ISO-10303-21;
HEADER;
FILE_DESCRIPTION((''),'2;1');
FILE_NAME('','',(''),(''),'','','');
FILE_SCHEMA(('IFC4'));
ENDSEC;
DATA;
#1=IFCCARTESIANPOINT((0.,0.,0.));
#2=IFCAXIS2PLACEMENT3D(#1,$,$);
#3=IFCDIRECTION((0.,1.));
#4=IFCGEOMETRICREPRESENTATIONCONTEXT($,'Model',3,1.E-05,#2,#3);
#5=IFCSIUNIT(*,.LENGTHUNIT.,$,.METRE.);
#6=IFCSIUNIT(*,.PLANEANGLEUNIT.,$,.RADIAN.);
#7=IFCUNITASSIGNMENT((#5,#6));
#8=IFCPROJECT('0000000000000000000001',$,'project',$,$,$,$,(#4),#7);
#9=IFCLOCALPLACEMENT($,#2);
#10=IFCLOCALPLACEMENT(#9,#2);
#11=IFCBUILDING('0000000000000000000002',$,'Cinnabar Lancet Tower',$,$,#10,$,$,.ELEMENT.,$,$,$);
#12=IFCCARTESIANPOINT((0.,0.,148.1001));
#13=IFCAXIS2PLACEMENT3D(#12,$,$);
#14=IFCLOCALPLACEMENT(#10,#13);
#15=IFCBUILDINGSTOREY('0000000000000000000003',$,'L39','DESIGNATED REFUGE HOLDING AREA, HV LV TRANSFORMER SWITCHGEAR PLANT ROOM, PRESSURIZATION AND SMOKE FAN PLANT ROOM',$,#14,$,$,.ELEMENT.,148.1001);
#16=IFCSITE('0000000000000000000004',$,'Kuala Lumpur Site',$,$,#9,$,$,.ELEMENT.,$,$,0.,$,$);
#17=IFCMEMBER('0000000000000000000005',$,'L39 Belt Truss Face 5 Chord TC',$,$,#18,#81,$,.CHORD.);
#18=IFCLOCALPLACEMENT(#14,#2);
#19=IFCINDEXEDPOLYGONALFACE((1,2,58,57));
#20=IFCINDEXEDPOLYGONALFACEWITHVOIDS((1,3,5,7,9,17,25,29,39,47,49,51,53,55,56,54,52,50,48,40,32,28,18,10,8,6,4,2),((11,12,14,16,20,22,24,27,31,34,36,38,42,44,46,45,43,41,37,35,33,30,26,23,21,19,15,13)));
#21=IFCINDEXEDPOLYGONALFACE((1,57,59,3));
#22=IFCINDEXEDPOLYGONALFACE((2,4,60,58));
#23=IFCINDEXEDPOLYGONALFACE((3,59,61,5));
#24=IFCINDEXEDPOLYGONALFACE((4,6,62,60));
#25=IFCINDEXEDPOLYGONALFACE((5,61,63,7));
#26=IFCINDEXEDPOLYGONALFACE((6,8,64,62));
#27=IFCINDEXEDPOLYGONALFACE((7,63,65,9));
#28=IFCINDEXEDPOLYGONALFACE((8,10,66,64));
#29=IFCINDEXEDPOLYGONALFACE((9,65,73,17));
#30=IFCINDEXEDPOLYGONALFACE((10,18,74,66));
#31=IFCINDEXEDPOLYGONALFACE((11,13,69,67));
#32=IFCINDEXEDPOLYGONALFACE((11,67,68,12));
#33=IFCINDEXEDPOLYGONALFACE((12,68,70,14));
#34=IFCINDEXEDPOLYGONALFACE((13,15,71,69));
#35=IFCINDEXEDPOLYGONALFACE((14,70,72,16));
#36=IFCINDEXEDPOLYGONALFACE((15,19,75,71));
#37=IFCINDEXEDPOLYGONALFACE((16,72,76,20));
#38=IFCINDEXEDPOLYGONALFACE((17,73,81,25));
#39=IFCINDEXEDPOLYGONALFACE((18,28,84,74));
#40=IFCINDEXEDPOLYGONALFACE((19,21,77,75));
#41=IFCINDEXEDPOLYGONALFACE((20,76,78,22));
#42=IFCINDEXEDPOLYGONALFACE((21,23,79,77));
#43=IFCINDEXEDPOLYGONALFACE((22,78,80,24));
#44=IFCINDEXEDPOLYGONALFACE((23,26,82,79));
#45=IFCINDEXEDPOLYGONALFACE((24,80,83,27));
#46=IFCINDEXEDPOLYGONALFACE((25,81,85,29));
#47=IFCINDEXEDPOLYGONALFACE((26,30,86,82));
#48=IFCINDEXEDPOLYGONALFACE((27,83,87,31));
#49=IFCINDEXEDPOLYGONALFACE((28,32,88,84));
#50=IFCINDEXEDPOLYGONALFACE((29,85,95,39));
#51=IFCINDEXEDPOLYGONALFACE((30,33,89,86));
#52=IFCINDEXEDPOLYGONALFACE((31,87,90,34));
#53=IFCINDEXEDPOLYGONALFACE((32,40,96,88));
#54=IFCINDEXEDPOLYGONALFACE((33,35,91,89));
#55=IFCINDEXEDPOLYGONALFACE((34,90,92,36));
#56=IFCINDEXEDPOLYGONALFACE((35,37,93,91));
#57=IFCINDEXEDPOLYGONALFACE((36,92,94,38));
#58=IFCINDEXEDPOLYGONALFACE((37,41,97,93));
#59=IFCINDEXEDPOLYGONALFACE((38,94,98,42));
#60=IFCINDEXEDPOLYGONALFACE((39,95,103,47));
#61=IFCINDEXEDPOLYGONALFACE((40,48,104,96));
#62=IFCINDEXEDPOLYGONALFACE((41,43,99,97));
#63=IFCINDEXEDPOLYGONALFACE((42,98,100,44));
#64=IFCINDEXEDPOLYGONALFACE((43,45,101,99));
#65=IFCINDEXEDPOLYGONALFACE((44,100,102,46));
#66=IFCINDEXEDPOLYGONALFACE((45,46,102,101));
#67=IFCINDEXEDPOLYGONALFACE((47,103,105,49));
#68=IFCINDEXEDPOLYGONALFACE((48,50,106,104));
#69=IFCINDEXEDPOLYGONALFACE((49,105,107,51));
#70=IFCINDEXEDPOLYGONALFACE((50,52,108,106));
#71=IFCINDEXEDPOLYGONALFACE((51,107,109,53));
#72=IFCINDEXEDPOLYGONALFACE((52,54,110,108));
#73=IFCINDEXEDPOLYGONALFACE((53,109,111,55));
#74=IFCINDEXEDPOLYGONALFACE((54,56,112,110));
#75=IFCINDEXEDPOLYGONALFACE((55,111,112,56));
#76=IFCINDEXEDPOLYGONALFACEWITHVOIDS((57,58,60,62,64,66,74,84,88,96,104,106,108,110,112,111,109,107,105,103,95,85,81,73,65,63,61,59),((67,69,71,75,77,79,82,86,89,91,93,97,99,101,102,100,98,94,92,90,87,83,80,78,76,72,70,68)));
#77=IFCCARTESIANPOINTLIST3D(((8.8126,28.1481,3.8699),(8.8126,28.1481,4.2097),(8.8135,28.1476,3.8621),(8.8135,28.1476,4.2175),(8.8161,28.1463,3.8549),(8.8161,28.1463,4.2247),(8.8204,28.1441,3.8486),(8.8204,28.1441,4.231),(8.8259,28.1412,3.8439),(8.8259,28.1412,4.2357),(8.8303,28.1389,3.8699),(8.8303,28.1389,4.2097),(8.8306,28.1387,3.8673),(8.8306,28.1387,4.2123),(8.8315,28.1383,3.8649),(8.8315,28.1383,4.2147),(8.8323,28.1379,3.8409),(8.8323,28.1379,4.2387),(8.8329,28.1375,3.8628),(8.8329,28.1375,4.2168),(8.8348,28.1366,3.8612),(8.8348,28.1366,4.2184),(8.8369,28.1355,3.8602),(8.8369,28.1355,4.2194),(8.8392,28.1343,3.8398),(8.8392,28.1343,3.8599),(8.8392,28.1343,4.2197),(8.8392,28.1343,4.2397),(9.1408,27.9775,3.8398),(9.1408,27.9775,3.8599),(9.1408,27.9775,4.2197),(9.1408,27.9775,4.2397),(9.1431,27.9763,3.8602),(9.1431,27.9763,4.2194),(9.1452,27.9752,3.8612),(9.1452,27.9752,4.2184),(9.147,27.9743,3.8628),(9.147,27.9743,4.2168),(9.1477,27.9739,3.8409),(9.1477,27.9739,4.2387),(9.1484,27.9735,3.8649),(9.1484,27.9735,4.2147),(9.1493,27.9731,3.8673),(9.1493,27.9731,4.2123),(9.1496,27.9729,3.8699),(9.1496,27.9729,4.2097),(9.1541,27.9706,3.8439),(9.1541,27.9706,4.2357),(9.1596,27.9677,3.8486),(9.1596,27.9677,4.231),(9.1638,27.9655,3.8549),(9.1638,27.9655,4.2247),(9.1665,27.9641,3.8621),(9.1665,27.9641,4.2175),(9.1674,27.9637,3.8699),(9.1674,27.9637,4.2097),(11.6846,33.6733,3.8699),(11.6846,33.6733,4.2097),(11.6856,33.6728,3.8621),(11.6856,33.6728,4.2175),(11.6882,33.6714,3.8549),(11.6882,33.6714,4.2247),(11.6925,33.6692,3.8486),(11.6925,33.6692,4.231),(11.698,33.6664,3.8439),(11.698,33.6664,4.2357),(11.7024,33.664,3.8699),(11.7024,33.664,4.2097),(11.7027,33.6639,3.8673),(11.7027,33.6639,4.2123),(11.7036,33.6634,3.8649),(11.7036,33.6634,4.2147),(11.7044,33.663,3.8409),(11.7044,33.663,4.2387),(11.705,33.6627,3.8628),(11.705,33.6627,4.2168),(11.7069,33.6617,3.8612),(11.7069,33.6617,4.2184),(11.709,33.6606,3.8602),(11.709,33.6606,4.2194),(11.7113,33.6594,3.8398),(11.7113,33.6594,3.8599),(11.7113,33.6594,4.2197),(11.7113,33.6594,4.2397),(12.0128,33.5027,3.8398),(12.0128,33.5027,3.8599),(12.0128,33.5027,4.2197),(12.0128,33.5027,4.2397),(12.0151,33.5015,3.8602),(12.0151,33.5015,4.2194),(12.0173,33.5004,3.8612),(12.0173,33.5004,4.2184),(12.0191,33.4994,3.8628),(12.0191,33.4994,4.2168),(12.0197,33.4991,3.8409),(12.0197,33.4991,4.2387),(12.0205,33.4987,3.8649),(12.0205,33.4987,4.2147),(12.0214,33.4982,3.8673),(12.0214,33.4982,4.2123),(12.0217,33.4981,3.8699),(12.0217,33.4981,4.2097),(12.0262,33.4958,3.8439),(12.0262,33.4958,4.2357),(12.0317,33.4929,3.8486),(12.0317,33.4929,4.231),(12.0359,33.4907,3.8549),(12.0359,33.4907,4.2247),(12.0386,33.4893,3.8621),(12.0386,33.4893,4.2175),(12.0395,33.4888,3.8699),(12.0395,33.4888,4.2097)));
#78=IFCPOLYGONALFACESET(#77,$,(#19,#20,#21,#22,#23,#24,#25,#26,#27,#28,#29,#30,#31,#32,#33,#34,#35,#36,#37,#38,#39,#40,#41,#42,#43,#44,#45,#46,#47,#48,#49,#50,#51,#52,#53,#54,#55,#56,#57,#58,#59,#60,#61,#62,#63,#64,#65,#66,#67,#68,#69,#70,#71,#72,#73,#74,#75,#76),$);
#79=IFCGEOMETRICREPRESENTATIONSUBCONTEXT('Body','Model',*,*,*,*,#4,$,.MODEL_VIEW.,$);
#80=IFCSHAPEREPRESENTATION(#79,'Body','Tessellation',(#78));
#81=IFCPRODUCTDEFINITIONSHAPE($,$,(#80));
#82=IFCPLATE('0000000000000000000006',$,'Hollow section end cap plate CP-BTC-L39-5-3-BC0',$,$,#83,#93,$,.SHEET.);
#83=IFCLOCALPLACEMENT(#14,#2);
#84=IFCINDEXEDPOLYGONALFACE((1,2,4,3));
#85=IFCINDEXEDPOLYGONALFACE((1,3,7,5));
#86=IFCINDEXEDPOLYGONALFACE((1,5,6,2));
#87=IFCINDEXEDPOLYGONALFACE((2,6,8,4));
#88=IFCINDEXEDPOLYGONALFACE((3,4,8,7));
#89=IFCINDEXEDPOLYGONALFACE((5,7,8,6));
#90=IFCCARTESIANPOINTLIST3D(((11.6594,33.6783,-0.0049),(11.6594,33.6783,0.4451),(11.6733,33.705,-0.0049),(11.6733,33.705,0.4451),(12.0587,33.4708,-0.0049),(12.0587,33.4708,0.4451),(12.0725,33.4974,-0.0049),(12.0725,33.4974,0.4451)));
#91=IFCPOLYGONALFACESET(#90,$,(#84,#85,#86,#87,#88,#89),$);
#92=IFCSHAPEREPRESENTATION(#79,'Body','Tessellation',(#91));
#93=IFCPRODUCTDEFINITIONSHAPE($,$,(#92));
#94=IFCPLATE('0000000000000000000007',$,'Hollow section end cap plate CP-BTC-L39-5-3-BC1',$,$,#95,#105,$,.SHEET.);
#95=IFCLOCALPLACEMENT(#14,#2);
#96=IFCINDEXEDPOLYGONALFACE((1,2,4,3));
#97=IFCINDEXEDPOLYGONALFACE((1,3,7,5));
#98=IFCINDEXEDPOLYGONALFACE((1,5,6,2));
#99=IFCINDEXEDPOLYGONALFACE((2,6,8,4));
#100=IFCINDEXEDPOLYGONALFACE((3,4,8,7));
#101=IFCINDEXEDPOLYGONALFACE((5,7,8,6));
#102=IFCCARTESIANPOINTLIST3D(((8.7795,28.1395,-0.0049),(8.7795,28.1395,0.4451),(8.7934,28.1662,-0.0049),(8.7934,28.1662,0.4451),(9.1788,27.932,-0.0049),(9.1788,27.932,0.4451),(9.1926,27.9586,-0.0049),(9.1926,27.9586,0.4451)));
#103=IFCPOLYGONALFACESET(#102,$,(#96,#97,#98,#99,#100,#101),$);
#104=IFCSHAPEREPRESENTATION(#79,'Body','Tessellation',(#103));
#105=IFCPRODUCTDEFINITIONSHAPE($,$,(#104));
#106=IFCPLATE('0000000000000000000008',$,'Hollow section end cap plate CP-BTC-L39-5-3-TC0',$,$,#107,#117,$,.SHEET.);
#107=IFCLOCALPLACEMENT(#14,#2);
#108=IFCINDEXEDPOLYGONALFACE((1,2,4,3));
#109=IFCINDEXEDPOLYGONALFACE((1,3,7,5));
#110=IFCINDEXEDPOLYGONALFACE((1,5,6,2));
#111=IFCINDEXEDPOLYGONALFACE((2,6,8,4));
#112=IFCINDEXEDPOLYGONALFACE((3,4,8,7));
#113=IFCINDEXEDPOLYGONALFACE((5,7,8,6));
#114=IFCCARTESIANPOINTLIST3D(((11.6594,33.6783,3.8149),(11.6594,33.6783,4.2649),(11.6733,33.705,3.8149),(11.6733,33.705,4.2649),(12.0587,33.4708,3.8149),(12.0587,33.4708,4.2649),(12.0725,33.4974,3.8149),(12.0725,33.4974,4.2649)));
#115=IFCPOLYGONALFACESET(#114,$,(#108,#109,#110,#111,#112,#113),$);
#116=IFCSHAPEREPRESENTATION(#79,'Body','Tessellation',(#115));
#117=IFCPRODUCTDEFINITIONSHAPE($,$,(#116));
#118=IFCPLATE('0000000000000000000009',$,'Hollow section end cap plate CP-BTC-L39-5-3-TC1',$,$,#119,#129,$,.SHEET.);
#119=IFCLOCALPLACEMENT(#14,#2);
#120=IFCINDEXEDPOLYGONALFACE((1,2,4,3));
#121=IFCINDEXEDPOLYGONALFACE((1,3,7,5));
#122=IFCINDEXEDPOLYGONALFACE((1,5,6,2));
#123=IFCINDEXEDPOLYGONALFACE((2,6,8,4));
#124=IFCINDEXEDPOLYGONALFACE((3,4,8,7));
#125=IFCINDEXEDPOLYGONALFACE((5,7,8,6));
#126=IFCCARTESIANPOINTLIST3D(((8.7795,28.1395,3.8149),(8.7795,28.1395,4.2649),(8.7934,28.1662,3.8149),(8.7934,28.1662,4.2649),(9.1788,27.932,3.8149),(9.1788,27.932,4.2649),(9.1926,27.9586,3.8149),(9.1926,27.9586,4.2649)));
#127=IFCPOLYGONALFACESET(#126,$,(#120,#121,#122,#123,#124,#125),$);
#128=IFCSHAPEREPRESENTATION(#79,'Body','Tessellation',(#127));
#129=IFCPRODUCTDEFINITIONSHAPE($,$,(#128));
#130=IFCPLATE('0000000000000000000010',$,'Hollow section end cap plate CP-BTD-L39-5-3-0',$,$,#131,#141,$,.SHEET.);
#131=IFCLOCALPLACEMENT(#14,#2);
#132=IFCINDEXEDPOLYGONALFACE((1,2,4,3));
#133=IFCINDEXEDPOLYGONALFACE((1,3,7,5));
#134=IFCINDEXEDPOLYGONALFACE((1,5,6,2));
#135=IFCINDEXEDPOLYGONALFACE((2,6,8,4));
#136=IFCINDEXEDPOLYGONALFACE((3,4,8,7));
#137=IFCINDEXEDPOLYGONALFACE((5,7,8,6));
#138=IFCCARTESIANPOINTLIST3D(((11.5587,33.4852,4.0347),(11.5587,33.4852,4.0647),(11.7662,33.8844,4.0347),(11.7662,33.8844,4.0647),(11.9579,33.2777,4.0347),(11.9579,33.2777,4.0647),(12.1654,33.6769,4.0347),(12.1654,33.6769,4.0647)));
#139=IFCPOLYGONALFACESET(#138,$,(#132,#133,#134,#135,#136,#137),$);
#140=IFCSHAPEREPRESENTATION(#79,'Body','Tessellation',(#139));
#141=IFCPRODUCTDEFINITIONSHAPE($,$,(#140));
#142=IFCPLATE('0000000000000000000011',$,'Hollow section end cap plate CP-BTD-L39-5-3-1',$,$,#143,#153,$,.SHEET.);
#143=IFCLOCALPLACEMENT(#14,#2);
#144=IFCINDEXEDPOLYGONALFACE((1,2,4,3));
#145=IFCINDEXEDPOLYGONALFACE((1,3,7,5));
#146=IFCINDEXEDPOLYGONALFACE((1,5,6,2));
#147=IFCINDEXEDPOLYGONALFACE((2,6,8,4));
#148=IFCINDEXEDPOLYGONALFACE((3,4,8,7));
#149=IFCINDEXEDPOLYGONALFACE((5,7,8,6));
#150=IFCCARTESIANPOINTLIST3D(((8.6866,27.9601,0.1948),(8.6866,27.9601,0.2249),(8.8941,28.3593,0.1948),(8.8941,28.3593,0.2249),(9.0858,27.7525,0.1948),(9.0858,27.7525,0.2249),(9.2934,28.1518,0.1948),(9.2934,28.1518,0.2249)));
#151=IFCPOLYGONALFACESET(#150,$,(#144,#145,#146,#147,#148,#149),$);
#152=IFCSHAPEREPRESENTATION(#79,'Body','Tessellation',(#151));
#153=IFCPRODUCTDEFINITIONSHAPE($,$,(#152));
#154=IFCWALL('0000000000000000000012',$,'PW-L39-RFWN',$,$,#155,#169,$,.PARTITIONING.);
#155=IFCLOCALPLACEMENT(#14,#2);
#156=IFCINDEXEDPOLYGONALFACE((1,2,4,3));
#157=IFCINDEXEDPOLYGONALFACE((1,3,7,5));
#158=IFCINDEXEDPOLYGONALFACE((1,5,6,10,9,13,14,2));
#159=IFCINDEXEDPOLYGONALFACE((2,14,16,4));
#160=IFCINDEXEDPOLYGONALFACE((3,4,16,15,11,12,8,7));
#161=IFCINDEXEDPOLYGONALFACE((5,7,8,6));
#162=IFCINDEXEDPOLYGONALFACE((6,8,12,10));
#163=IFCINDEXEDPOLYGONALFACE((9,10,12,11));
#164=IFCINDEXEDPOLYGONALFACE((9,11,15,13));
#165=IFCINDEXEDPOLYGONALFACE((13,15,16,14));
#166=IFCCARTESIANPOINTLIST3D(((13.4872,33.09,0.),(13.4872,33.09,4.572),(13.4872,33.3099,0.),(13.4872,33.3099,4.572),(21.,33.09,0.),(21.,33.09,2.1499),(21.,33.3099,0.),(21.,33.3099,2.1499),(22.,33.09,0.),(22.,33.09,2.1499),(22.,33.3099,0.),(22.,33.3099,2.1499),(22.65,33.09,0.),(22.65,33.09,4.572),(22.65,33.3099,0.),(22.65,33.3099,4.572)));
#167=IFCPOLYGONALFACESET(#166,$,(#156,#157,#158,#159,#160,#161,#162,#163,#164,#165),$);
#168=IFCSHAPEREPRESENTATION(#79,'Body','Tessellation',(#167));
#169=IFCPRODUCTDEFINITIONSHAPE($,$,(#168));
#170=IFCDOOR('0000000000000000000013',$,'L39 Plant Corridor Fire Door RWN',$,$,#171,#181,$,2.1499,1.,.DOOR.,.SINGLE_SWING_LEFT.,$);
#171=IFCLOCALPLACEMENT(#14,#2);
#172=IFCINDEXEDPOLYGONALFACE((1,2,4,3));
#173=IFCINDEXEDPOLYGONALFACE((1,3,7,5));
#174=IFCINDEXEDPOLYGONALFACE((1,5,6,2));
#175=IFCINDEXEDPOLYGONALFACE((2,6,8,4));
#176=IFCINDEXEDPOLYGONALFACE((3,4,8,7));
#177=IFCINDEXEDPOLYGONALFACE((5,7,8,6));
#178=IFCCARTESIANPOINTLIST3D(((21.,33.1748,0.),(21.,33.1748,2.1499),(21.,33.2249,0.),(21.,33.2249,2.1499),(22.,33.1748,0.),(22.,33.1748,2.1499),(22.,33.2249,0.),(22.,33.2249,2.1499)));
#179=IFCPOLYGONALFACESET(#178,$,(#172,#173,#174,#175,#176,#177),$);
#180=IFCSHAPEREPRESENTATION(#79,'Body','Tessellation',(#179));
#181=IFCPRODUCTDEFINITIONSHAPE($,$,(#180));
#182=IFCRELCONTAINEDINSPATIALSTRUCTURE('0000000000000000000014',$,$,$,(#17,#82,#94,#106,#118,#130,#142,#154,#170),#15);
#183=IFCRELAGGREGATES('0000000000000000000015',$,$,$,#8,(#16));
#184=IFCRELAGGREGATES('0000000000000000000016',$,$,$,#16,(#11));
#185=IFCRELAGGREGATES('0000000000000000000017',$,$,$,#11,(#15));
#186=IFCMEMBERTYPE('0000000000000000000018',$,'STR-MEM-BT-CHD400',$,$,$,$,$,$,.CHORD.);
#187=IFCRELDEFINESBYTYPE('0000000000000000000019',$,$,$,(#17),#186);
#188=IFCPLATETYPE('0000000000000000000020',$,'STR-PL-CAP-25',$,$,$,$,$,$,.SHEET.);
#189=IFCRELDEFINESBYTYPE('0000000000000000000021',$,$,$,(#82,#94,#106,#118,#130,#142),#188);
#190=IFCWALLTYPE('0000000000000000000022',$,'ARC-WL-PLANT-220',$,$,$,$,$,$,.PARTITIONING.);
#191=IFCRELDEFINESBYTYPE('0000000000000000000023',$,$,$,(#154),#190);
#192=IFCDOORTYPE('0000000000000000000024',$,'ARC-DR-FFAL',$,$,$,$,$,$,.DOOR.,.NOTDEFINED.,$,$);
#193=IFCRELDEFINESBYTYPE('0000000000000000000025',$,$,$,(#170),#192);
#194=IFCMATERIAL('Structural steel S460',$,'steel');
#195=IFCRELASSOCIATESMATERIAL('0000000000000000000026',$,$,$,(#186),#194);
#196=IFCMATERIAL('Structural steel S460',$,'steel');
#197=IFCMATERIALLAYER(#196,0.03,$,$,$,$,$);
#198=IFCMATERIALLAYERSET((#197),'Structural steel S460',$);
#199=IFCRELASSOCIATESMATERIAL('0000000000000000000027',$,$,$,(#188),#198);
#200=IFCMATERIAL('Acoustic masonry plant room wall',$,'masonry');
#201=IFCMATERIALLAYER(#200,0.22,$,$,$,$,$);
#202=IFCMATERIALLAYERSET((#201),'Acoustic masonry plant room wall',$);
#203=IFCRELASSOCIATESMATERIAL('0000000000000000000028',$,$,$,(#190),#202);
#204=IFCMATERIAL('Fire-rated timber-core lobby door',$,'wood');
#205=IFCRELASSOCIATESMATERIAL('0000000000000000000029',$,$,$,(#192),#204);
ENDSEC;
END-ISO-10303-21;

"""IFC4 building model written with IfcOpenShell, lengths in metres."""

from ifc_helpers import new_model, si_unit, direction, frame, frame_2d, origin, origin_2d, place, context, subcontext, project, spatial, rectangle, hollow_rectangle, extrude, material, layer, layer_set, material_profile, profile_set, type_object, element, fill, save


model = new_model("IFC4")

# Units and contexts
model_context = context("Model", 3, precision=1e-05, world=origin(), true_north=direction((0.0, 1.0)))
body_context = subcontext(model_context, "Body", "Model", "MODEL_VIEW")
ifc_project = project(units=[si_unit("LENGTHUNIT", "METRE"), si_unit("PLANEANGLEUNIT", "RADIAN")], contexts=[model_context])

# Site, building, storey
site_placement = place(None, origin())
site = spatial("IfcSite", under=ifc_project, at=site_placement, Name="Kuala Lumpur Site", CompositionType="ELEMENT", RefElevation=0.0)
building_placement = place(site_placement, origin())
building = spatial("IfcBuilding", under=site, at=building_placement, Name="Cinnabar Lancet Tower", CompositionType="ELEMENT")
storey_placement = place(building_placement, frame((0.0, 0.0, 148.1001)))
storey = spatial("IfcBuildingStorey", under=building, at=storey_placement, Name="L39", Description="DESIGNATED REFUGE HOLDING AREA, HV LV TRANSFORMER SWITCHGEAR PLANT ROOM, PRESSURIZATION AND SMOKE FAN PLANT ROOM", CompositionType="ELEMENT", Elevation=148.1001)

# Member
ifc_material_1 = material(Name="Structural steel S460", Category="steel")
ifc_material_profile_1 = material_profile(ifc_material_1, hollow_rectangle(XDim=0.3999, YDim=0.3999, WallThickness=0.02, InnerFilletRadius=0.01, OuterFilletRadius=0.03, at=origin_2d()), Name="SHS 400x400x20")
ifc_profile_set_1 = profile_set([ifc_material_profile_1], Name="Structural steel S460")
member_type_1 = type_object("IfcMemberType", Name="STR-MEM-BT-CHD400", PredefinedType="CHORD", material=ifc_profile_set_1)
for number, where, z_axis, x_axis, name in (
    (1, (11.8621, 33.5811, 4.0398), (-0.461226, -0.887283, 0.0), (0.887283, -0.461226, 0.0), "L39 Belt Truss Face 5 Chord TC"),
):
    element("IfcMember", number, at=place(storey_placement, frame(where, z_axis=z_axis, x_axis=x_axis)), inside=storey, type_object=member_type_1, Name=name, PredefinedType="CHORD", context=body_context, shape_type="SweptSolid", body=[
        extrude(hollow_rectangle(XDim=0.3999, YDim=0.3999, WallThickness=0.02, InnerFilletRadius=0.01, OuterFilletRadius=0.03, at=origin_2d()), origin(), (0.0, 0.0, 1.0), 6.2271),
    ])

# Plates
ifc_material_2 = material(Name="Structural steel S460", Category="steel")
ifc_layer_1 = layer(ifc_material_2, 0.03)
ifc_layer_set_1 = layer_set([ifc_layer_1], Name="Structural steel S460")
plate_type = type_object("IfcPlateType", Name="STR-PL-CAP-25", PredefinedType="SHEET", material=ifc_layer_set_1)
for number, where, z_axis, x_axis, name in (
    (2, (11.866, 33.5879, -0.0049), (0.0, 0.0, 1.0), (0.461222, 0.887285, 0.0), "Hollow section end cap plate CP-BTC-L39-5-3-BC0"),
    (3, (8.9861, 28.0491, -0.0049), (0.0, 0.0, 1.0), (-0.461222, -0.887285, 0.0), "Hollow section end cap plate CP-BTC-L39-5-3-BC1"),
    (4, (11.866, 33.5879, 3.8149), (0.0, 0.0, 1.0), (0.461222, 0.887285, 0.0), "Hollow section end cap plate CP-BTC-L39-5-3-TC0"),
    (5, (8.9861, 28.0491, 3.8149), (0.0, 0.0, 1.0), (-0.461222, -0.887285, 0.0), "Hollow section end cap plate CP-BTC-L39-5-3-TC1"),
):
    element("IfcPlate", number, at=place(storey_placement, frame(where, z_axis=z_axis, x_axis=x_axis)), inside=storey, type_object=plate_type, Name=name, PredefinedType="SHEET", context=body_context, shape_type="SweptSolid", body=[
        extrude(rectangle(XDim=0.03, YDim=0.45, at=origin_2d()), origin(), (0.0, 0.0, 1.0), 0.45),
    ])
for number, where, z_axis, x_axis, name in (
    (6, (11.8621, 33.5811, 4.0347), (0.0, 0.0, 1.0), (0.461222, 0.887285, 0.0), "Hollow section end cap plate CP-BTD-L39-5-3-0"),
    (7, (8.99, 28.0559, 0.1948), (0.0, 0.0, 1.0), (-0.461222, -0.887285, 0.0), "Hollow section end cap plate CP-BTD-L39-5-3-1"),
):
    element("IfcPlate", number, at=place(storey_placement, frame(where, z_axis=z_axis, x_axis=x_axis)), inside=storey, type_object=plate_type, Name=name, PredefinedType="SHEET", context=body_context, shape_type="SweptSolid", body=[
        extrude(rectangle(XDim=0.45, YDim=0.45, at=origin_2d()), origin(), (0.0, 0.0, 1.0), 0.03),
    ])

# Wall, opening, door
ifc_material_3 = material(Name="Acoustic masonry plant room wall", Category="masonry")
ifc_layer_2 = layer(ifc_material_3, 0.22)
ifc_layer_set_2 = layer_set([ifc_layer_2], Name="Acoustic masonry plant room wall")
wall_type_1 = type_object("IfcWallType", Name="ARC-WL-PLANT-220", PredefinedType="PARTITIONING", material=ifc_layer_set_2)
wall_1_placement = place(storey_placement, frame((13.4871, 33.2, 0.0), z_axis=(0.0, 0.0, 1.0), x_axis=(1.0, 0.0, 0.0)))
wall_1 = element("IfcWall", 8, at=wall_1_placement, inside=storey, type_object=wall_type_1, Name="PW-L39-RFWN", PredefinedType="PARTITIONING", context=body_context, shape_type="SweptSolid", body=[
    extrude(rectangle(XDim=9.1628, YDim=0.22, at=frame_2d((4.5815, 0.0))), origin(), (0.0, 0.0, 1.0), 4.572),
])
opening_1_placement = place(wall_1_placement, frame((7.5129, 0.0, 0.0)))
opening_1 = element("IfcOpeningElement", 9, at=opening_1_placement, cuts=wall_1, PredefinedType="OPENING", context=body_context, shape_type="SweptSolid", body=[
    extrude(rectangle(XDim=1.0, YDim=2.1499, at=frame_2d((0.5, 1.075))), frame((0.0, 0.1199, 0.0), z_axis=(0.0, -1.0, 0.0), x_axis=(1.0, 0.0, 0.0)), (0.0, 0.0, 1.0), 0.24),
])
ifc_material_4 = material(Name="Fire-rated timber-core lobby door", Category="wood")
door_type_1 = type_object("IfcDoorType", Name="ARC-DR-FFAL", OperationType="NOTDEFINED", PredefinedType="DOOR", material=ifc_material_4)
door_1_placement = place(opening_1_placement, origin())
door_1 = element("IfcDoor", 10, at=door_1_placement, inside=storey, type_object=door_type_1, Name="L39 Plant Corridor Fire Door RWN", OperationType="SINGLE_SWING_LEFT", OverallHeight=2.1499, OverallWidth=1.0, PredefinedType="DOOR", context=body_context, shape_type="SweptSolid", body=[
    extrude(rectangle(XDim=1.0, YDim=2.1499, at=frame_2d((0.5, 1.075))), frame((0.0, 0.0249, 0.0), z_axis=(0.0, -1.0, 0.0), x_axis=(1.0, 0.0, 0.0)), (0.0, 0.0, 1.0), 0.05),
])
fill(opening_1, door_1)

save(model, "model.ifc")
